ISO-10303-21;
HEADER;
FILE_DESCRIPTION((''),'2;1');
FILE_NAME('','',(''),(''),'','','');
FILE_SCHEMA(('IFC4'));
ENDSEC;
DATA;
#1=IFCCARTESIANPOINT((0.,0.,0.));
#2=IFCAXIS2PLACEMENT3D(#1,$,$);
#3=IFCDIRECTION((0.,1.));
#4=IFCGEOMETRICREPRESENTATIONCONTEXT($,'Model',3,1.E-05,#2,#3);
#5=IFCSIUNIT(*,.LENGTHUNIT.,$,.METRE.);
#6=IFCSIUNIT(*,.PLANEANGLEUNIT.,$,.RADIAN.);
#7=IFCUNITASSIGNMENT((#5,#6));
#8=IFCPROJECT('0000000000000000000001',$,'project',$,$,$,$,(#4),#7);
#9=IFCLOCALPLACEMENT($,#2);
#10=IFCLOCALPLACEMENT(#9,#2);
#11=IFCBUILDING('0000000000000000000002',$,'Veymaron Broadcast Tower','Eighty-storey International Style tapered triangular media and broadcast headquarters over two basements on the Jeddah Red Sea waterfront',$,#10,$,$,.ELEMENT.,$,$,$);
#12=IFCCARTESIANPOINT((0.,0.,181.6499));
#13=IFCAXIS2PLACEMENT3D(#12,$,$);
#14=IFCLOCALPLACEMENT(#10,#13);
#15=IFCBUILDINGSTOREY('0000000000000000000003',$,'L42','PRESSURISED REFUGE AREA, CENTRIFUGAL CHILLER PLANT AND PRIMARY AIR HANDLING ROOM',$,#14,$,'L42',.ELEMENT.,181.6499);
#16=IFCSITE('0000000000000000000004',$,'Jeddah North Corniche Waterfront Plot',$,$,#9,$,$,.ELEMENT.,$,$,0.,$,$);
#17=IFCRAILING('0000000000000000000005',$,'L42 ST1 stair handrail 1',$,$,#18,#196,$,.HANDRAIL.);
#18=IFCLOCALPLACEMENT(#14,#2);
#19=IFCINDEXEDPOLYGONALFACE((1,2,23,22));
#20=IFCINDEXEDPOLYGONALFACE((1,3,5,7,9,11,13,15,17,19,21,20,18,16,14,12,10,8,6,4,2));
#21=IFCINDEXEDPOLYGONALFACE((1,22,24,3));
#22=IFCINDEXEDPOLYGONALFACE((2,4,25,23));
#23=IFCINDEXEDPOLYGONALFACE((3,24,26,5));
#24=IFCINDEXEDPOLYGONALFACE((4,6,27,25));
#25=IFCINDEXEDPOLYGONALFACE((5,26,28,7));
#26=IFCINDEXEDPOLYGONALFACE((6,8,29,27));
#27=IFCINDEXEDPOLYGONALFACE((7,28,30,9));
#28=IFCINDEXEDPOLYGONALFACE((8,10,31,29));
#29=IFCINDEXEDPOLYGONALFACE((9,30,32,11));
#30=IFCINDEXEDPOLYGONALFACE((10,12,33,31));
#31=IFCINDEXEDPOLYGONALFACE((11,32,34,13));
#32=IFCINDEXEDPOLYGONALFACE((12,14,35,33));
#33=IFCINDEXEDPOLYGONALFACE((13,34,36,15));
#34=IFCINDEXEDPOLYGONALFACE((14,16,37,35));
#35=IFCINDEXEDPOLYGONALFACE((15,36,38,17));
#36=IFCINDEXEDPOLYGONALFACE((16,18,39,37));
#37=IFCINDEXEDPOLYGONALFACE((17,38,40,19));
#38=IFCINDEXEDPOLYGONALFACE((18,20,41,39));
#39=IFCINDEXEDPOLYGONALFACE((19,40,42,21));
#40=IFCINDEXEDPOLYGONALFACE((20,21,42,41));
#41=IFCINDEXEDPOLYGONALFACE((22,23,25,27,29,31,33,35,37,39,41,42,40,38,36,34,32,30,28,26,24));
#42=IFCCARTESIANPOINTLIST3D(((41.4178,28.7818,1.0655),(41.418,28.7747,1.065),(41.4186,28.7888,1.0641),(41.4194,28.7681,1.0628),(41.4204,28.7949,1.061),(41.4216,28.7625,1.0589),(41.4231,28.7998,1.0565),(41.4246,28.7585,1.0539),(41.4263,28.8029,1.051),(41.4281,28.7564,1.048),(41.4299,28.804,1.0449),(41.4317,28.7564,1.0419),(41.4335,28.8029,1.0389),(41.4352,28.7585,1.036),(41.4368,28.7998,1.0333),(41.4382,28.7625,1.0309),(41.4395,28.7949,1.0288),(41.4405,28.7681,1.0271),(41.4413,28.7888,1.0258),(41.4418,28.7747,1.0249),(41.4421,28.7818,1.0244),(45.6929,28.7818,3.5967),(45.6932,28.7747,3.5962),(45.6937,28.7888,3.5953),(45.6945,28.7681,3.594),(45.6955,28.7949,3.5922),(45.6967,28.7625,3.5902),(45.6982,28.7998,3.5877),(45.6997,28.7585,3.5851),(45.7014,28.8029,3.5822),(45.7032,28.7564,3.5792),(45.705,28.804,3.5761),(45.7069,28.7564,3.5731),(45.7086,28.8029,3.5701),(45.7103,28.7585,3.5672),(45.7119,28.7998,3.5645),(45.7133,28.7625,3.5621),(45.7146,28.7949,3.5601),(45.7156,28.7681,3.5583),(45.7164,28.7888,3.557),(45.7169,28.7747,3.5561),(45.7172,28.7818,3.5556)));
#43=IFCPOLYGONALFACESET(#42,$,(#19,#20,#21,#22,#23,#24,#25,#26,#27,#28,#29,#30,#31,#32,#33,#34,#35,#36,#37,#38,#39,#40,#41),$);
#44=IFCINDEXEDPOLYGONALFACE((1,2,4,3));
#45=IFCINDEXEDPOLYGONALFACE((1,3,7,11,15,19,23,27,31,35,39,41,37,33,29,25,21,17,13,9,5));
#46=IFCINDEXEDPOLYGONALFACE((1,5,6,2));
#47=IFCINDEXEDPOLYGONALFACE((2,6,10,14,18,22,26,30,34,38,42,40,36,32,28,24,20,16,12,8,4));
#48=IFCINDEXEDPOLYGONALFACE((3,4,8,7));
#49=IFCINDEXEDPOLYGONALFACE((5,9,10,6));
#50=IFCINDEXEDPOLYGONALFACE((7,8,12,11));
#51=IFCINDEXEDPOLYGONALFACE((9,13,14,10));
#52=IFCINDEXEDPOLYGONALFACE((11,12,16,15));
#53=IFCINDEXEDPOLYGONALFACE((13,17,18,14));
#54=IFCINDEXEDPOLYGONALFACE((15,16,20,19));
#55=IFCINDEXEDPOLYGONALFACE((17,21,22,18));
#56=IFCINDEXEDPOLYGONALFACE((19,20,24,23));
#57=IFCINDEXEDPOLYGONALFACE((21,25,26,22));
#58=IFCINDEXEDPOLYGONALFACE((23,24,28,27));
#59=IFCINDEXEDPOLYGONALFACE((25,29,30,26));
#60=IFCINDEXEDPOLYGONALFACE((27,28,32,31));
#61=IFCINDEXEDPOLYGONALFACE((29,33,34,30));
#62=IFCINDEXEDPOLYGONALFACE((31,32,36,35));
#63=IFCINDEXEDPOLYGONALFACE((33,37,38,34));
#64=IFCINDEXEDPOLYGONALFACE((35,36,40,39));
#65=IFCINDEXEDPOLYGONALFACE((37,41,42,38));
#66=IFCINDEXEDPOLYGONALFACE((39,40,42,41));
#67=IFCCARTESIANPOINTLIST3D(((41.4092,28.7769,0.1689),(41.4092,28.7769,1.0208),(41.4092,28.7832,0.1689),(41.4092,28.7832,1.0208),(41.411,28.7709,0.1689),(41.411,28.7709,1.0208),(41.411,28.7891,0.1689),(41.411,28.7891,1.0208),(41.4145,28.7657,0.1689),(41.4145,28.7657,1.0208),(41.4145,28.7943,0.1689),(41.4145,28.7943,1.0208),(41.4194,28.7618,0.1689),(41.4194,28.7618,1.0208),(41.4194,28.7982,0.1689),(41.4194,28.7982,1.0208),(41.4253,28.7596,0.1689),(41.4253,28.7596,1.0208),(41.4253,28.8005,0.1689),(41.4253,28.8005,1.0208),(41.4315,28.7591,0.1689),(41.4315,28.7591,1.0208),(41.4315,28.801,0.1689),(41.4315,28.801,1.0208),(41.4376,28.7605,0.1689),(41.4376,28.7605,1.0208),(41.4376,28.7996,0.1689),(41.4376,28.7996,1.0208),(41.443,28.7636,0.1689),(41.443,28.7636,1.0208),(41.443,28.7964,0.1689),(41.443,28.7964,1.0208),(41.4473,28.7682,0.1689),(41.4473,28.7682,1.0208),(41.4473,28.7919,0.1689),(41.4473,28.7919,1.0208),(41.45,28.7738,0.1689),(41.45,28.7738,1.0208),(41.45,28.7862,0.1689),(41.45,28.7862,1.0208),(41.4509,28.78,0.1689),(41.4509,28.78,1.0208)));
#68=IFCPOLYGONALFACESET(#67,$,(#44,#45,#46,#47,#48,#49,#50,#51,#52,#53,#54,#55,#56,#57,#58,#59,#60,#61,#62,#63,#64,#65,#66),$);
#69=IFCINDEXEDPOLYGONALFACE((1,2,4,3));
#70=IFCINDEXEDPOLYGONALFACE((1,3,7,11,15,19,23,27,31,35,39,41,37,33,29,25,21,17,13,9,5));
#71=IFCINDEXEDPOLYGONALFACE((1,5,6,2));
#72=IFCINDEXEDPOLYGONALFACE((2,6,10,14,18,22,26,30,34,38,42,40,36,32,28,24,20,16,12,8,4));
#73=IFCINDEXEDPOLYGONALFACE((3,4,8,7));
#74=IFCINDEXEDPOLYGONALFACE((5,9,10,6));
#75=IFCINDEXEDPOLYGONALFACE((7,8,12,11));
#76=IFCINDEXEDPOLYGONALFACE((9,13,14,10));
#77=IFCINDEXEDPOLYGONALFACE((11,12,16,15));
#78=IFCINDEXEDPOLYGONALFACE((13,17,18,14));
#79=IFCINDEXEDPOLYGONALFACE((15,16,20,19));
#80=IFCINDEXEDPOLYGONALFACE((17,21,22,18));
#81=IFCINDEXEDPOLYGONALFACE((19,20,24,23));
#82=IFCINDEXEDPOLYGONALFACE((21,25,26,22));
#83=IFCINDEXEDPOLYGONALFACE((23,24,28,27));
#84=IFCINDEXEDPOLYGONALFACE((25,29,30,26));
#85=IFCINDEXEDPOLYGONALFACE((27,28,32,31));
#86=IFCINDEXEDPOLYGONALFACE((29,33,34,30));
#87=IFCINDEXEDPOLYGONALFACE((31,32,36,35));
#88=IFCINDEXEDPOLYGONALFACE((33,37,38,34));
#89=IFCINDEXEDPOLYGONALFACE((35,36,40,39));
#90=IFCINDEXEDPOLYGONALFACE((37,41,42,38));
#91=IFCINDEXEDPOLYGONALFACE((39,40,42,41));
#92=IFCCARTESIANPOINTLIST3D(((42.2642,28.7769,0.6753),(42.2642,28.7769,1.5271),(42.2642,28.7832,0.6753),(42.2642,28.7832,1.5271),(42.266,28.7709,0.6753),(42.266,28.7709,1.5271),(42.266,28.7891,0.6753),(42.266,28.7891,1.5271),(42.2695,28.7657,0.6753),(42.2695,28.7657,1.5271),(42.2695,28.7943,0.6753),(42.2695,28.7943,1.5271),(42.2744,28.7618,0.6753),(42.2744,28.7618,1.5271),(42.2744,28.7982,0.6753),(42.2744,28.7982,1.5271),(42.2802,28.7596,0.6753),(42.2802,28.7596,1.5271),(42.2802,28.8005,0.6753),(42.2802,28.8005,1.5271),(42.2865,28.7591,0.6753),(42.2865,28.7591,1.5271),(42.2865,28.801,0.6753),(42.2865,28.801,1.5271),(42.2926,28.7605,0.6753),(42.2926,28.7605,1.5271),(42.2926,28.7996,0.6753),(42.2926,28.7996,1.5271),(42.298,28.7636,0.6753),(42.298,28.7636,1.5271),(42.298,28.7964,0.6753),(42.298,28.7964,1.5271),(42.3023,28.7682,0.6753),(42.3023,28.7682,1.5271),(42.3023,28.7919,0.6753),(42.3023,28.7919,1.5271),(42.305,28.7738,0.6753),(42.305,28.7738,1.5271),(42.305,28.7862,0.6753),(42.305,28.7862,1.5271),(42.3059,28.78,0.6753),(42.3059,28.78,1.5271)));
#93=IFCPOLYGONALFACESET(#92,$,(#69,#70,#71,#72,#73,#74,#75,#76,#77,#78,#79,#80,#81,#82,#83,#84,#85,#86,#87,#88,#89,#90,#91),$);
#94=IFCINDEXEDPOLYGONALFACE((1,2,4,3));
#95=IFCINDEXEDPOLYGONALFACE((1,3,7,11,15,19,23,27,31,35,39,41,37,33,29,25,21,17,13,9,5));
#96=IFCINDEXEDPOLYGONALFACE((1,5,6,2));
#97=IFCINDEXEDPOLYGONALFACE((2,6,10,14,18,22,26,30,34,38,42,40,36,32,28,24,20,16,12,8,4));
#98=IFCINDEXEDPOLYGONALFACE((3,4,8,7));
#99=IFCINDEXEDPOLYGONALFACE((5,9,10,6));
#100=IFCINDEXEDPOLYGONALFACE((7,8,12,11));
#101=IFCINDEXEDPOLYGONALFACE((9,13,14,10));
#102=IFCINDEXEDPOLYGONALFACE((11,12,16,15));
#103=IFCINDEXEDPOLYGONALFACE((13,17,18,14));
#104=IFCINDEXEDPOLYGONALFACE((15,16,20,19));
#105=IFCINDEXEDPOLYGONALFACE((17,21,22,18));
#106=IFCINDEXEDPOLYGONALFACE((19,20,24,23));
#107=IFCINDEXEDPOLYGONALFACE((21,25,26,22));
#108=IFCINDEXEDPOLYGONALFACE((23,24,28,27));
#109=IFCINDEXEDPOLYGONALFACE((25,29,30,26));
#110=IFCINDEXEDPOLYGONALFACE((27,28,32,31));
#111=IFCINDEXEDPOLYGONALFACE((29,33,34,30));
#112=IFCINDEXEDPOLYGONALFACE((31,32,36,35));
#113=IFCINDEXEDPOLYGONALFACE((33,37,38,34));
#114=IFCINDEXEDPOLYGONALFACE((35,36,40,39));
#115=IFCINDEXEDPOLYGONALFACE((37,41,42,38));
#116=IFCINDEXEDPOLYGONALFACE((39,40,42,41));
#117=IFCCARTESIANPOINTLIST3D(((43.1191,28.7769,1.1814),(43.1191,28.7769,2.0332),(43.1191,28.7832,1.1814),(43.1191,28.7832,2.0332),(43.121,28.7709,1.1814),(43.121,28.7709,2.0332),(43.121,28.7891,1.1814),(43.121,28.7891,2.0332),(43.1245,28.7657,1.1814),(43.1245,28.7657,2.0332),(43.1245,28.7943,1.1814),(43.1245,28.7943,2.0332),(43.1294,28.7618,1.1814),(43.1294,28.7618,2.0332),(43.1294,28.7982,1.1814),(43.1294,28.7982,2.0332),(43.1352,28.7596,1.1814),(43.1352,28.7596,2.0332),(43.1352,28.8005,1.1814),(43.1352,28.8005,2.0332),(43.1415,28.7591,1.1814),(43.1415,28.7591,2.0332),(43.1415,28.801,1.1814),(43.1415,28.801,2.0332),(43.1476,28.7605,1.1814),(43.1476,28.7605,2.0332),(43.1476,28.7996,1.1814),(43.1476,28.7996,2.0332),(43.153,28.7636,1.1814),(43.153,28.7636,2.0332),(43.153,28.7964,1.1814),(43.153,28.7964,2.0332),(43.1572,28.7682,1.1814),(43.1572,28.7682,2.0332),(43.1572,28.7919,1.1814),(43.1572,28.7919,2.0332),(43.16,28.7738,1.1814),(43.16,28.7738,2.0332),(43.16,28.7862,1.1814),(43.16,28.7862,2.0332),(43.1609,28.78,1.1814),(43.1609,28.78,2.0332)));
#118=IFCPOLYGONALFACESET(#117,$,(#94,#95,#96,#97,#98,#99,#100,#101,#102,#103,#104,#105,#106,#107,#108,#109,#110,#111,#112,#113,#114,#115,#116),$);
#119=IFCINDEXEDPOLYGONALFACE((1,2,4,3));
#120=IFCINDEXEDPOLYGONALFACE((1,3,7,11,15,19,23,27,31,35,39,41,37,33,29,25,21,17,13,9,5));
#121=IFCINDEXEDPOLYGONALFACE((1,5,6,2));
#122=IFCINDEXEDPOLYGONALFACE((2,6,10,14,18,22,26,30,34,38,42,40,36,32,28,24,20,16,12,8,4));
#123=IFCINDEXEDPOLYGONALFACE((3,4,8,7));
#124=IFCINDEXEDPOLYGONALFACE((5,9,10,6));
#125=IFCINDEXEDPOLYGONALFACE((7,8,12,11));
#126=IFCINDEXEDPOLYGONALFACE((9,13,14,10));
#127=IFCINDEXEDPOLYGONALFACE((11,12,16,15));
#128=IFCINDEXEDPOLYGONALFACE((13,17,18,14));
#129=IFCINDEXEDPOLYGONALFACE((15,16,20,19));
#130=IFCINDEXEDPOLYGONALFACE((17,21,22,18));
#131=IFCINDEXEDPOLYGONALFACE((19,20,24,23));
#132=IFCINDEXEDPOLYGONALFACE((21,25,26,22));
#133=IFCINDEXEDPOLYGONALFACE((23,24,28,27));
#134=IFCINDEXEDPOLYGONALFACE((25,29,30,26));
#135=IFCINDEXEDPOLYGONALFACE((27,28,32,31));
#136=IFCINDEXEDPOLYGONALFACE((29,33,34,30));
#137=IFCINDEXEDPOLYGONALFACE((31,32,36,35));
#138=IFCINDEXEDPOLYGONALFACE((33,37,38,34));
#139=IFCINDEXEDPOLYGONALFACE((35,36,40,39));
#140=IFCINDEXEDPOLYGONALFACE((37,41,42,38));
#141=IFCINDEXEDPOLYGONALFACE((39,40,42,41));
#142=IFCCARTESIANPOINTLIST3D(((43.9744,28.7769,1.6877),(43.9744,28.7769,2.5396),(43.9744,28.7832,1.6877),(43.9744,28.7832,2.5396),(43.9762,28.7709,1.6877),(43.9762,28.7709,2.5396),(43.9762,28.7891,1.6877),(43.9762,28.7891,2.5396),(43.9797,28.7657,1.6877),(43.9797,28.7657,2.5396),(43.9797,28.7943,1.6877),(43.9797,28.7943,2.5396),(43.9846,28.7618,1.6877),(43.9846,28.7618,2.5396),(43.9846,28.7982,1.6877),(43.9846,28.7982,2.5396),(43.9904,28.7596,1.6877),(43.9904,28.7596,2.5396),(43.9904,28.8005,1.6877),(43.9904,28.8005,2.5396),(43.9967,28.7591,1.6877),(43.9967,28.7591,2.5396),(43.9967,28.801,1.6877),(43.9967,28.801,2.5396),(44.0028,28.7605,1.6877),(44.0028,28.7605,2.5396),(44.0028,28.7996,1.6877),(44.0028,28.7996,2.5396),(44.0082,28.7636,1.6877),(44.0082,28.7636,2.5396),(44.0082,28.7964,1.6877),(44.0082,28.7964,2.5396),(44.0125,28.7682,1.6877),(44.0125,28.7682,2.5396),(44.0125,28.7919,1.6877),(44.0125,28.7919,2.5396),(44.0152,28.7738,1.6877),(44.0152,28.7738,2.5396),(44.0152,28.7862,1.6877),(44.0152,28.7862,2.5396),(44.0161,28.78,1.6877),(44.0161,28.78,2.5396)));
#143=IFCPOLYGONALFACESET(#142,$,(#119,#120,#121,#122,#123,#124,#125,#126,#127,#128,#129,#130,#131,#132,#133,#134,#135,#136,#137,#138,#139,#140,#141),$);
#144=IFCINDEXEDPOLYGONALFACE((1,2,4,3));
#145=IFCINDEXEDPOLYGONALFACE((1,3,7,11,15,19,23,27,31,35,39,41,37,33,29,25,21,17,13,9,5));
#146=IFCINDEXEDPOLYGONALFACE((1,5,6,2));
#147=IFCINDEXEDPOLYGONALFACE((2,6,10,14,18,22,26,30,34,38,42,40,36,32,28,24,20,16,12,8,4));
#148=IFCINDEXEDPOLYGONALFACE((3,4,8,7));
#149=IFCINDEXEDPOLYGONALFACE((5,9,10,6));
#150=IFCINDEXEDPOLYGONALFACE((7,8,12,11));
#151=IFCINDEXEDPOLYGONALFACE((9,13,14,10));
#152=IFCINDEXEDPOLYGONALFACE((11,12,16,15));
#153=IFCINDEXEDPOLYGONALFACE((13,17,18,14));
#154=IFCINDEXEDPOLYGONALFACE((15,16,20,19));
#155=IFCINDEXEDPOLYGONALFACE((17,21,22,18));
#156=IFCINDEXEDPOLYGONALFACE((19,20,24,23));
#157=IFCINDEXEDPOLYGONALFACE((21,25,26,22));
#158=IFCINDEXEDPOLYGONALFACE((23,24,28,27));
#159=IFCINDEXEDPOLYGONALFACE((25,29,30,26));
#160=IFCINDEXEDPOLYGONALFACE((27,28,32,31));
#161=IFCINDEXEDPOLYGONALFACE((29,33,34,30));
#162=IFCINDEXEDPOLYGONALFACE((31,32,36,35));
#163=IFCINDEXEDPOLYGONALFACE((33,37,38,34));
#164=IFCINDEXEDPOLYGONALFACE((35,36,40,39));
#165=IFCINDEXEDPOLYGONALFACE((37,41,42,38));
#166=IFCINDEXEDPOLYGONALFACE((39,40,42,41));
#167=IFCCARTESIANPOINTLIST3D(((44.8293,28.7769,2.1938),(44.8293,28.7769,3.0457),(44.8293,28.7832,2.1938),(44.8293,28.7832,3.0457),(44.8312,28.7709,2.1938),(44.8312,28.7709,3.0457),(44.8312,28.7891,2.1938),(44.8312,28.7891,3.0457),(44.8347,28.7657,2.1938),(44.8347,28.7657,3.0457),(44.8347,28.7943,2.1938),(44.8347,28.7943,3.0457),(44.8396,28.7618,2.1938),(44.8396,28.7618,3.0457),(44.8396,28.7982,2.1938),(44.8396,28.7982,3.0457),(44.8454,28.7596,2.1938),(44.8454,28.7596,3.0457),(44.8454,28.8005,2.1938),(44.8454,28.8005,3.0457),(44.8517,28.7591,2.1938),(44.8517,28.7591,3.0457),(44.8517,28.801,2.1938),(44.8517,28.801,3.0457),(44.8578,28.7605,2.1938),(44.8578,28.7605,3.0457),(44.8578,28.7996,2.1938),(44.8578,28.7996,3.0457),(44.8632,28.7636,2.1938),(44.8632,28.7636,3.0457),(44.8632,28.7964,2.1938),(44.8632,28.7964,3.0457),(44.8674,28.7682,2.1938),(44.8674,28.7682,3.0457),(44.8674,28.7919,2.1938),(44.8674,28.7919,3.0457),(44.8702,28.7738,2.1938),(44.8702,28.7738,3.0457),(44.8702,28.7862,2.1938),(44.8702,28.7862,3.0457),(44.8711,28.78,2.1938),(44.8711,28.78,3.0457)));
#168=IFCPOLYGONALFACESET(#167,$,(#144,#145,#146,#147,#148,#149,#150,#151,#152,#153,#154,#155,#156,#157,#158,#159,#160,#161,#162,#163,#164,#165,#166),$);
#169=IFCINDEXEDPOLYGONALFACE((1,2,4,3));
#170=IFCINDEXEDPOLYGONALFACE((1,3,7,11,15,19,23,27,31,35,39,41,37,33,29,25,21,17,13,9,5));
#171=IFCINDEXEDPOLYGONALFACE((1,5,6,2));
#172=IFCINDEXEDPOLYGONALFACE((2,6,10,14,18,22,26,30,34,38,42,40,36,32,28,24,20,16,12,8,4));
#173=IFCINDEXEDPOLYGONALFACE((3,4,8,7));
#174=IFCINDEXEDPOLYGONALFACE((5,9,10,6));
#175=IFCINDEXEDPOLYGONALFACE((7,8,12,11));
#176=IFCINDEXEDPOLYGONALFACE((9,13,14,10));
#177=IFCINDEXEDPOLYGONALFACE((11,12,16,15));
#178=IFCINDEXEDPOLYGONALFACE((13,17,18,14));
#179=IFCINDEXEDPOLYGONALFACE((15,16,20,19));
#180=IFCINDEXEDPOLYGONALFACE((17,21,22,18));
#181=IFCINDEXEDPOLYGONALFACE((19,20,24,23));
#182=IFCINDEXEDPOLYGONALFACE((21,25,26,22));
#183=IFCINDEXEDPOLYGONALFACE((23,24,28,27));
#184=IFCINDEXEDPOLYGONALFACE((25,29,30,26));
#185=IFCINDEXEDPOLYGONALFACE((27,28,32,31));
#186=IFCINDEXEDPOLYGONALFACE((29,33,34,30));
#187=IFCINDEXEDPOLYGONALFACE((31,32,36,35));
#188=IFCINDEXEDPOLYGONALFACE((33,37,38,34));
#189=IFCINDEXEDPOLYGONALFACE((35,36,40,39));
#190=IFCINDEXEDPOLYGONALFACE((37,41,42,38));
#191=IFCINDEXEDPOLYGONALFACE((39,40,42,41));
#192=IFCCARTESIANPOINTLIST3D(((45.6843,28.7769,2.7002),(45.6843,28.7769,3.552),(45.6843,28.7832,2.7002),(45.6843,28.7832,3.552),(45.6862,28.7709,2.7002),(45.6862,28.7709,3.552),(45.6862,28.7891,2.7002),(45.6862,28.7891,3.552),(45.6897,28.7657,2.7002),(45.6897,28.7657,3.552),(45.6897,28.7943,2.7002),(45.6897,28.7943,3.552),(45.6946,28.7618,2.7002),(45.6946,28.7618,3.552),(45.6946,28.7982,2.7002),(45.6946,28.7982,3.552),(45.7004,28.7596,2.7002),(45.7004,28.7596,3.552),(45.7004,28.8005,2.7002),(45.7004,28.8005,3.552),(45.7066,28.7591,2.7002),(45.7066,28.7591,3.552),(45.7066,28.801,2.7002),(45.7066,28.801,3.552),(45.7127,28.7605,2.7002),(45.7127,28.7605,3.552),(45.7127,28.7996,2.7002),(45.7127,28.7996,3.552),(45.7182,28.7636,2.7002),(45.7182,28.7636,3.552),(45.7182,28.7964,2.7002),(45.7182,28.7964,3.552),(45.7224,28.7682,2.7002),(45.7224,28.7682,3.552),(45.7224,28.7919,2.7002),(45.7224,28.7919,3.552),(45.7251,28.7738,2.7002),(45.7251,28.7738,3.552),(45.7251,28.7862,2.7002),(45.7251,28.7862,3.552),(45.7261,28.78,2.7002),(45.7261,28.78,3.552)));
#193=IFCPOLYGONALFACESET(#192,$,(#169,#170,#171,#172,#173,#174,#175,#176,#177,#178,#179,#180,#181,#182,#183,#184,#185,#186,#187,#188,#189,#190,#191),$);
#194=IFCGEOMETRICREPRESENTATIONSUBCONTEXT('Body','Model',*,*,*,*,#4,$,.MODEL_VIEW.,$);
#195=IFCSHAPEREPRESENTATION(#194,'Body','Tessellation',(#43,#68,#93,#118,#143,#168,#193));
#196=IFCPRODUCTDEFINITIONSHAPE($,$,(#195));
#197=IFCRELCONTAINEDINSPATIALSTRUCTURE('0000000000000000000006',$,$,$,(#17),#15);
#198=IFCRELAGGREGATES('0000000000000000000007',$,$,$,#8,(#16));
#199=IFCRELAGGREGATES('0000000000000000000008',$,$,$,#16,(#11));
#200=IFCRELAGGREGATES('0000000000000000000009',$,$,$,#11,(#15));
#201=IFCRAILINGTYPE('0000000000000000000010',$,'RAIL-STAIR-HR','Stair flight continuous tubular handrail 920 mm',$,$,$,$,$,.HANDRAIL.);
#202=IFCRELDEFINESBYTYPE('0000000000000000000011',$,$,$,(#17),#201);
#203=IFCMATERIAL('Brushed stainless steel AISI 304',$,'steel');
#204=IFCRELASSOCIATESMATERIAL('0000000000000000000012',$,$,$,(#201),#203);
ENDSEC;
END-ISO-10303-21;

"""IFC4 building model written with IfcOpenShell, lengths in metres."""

from ifc_helpers import new_model, si_unit, direction, frame, origin, origin_2d, place, context, subcontext, project, spatial, circle, extrude, material, type_object, element, save


model = new_model("IFC4")

# Units and contexts
model_context = context("Model", 3, precision=1e-05, world=origin(), true_north=direction((0.0, 1.0)))
body_context = subcontext(model_context, "Body", "Model", "MODEL_VIEW")
ifc_project = project(units=[si_unit("LENGTHUNIT", "METRE"), si_unit("PLANEANGLEUNIT", "RADIAN")], contexts=[model_context])

# Site, building, storey
site_placement = place(None, origin())
site = spatial("IfcSite", under=ifc_project, at=site_placement, Name="Jeddah North Corniche Waterfront Plot", CompositionType="ELEMENT", RefElevation=0.0)
building_placement = place(site_placement, origin())
building = spatial("IfcBuilding", under=site, at=building_placement, Name="Veymaron Broadcast Tower", Description="Eighty-storey International Style tapered triangular media and broadcast headquarters over two basements on the Jeddah Red Sea waterfront", CompositionType="ELEMENT")
storey_placement = place(building_placement, frame((0.0, 0.0, 181.6499)))
storey = spatial("IfcBuildingStorey", under=building, at=storey_placement, Name="L42", Description="PRESSURISED REFUGE AREA, CENTRIFUGAL CHILLER PLANT AND PRIMARY AIR HANDLING ROOM", LongName="L42", CompositionType="ELEMENT", Elevation=181.6499)

# Railing
ifc_material_1 = material(Name="Brushed stainless steel AISI 304", Category="steel")
railing_type_1 = type_object("IfcRailingType", Name="RAIL-STAIR-HR", Description="Stair flight continuous tubular handrail 920 mm", PredefinedType="HANDRAIL", material=ifc_material_1)
railing_1_placement = place(storey_placement, frame((41.4299, 28.78, 0.1689)))
element("IfcRailing", 1, at=railing_1_placement, inside=storey, type_object=railing_type_1, Name="L42 ST1 stair handrail 1", PredefinedType="HANDRAIL", context=body_context, shape_type="SweptSolid", body=[
    extrude(circle(Radius=0.0239, at=origin_2d()), frame((0.0, 0.0, 0.876), z_axis=(0.860483, 0.0, 0.509479), x_axis=(0.0, 1.0, 0.0)), (0.0, 0.0, 1.0), 4.9683),
    extrude(circle(Radius=0.021, at=origin_2d()), origin(), (0.0, 0.0, 1.0), 0.8518),
    extrude(circle(Radius=0.021, at=origin_2d()), frame((0.855, 0.0, 0.5063)), (0.0, 0.0, 1.0), 0.8518),
    extrude(circle(Radius=0.021, at=origin_2d()), frame((1.71, 0.0, 1.0125)), (0.0, 0.0, 1.0), 0.8518),
    extrude(circle(Radius=0.021, at=origin_2d()), frame((2.5652, 0.0, 1.5188)), (0.0, 0.0, 1.0), 0.8518),
    extrude(circle(Radius=0.021, at=origin_2d()), frame((3.4202, 0.0, 2.0249)), (0.0, 0.0, 1.0), 0.8518),
    extrude(circle(Radius=0.021, at=origin_2d()), frame((4.2751, 0.0, 2.5312)), (0.0, 0.0, 1.0), 0.8518),
])

save(model, "model.ifc")
